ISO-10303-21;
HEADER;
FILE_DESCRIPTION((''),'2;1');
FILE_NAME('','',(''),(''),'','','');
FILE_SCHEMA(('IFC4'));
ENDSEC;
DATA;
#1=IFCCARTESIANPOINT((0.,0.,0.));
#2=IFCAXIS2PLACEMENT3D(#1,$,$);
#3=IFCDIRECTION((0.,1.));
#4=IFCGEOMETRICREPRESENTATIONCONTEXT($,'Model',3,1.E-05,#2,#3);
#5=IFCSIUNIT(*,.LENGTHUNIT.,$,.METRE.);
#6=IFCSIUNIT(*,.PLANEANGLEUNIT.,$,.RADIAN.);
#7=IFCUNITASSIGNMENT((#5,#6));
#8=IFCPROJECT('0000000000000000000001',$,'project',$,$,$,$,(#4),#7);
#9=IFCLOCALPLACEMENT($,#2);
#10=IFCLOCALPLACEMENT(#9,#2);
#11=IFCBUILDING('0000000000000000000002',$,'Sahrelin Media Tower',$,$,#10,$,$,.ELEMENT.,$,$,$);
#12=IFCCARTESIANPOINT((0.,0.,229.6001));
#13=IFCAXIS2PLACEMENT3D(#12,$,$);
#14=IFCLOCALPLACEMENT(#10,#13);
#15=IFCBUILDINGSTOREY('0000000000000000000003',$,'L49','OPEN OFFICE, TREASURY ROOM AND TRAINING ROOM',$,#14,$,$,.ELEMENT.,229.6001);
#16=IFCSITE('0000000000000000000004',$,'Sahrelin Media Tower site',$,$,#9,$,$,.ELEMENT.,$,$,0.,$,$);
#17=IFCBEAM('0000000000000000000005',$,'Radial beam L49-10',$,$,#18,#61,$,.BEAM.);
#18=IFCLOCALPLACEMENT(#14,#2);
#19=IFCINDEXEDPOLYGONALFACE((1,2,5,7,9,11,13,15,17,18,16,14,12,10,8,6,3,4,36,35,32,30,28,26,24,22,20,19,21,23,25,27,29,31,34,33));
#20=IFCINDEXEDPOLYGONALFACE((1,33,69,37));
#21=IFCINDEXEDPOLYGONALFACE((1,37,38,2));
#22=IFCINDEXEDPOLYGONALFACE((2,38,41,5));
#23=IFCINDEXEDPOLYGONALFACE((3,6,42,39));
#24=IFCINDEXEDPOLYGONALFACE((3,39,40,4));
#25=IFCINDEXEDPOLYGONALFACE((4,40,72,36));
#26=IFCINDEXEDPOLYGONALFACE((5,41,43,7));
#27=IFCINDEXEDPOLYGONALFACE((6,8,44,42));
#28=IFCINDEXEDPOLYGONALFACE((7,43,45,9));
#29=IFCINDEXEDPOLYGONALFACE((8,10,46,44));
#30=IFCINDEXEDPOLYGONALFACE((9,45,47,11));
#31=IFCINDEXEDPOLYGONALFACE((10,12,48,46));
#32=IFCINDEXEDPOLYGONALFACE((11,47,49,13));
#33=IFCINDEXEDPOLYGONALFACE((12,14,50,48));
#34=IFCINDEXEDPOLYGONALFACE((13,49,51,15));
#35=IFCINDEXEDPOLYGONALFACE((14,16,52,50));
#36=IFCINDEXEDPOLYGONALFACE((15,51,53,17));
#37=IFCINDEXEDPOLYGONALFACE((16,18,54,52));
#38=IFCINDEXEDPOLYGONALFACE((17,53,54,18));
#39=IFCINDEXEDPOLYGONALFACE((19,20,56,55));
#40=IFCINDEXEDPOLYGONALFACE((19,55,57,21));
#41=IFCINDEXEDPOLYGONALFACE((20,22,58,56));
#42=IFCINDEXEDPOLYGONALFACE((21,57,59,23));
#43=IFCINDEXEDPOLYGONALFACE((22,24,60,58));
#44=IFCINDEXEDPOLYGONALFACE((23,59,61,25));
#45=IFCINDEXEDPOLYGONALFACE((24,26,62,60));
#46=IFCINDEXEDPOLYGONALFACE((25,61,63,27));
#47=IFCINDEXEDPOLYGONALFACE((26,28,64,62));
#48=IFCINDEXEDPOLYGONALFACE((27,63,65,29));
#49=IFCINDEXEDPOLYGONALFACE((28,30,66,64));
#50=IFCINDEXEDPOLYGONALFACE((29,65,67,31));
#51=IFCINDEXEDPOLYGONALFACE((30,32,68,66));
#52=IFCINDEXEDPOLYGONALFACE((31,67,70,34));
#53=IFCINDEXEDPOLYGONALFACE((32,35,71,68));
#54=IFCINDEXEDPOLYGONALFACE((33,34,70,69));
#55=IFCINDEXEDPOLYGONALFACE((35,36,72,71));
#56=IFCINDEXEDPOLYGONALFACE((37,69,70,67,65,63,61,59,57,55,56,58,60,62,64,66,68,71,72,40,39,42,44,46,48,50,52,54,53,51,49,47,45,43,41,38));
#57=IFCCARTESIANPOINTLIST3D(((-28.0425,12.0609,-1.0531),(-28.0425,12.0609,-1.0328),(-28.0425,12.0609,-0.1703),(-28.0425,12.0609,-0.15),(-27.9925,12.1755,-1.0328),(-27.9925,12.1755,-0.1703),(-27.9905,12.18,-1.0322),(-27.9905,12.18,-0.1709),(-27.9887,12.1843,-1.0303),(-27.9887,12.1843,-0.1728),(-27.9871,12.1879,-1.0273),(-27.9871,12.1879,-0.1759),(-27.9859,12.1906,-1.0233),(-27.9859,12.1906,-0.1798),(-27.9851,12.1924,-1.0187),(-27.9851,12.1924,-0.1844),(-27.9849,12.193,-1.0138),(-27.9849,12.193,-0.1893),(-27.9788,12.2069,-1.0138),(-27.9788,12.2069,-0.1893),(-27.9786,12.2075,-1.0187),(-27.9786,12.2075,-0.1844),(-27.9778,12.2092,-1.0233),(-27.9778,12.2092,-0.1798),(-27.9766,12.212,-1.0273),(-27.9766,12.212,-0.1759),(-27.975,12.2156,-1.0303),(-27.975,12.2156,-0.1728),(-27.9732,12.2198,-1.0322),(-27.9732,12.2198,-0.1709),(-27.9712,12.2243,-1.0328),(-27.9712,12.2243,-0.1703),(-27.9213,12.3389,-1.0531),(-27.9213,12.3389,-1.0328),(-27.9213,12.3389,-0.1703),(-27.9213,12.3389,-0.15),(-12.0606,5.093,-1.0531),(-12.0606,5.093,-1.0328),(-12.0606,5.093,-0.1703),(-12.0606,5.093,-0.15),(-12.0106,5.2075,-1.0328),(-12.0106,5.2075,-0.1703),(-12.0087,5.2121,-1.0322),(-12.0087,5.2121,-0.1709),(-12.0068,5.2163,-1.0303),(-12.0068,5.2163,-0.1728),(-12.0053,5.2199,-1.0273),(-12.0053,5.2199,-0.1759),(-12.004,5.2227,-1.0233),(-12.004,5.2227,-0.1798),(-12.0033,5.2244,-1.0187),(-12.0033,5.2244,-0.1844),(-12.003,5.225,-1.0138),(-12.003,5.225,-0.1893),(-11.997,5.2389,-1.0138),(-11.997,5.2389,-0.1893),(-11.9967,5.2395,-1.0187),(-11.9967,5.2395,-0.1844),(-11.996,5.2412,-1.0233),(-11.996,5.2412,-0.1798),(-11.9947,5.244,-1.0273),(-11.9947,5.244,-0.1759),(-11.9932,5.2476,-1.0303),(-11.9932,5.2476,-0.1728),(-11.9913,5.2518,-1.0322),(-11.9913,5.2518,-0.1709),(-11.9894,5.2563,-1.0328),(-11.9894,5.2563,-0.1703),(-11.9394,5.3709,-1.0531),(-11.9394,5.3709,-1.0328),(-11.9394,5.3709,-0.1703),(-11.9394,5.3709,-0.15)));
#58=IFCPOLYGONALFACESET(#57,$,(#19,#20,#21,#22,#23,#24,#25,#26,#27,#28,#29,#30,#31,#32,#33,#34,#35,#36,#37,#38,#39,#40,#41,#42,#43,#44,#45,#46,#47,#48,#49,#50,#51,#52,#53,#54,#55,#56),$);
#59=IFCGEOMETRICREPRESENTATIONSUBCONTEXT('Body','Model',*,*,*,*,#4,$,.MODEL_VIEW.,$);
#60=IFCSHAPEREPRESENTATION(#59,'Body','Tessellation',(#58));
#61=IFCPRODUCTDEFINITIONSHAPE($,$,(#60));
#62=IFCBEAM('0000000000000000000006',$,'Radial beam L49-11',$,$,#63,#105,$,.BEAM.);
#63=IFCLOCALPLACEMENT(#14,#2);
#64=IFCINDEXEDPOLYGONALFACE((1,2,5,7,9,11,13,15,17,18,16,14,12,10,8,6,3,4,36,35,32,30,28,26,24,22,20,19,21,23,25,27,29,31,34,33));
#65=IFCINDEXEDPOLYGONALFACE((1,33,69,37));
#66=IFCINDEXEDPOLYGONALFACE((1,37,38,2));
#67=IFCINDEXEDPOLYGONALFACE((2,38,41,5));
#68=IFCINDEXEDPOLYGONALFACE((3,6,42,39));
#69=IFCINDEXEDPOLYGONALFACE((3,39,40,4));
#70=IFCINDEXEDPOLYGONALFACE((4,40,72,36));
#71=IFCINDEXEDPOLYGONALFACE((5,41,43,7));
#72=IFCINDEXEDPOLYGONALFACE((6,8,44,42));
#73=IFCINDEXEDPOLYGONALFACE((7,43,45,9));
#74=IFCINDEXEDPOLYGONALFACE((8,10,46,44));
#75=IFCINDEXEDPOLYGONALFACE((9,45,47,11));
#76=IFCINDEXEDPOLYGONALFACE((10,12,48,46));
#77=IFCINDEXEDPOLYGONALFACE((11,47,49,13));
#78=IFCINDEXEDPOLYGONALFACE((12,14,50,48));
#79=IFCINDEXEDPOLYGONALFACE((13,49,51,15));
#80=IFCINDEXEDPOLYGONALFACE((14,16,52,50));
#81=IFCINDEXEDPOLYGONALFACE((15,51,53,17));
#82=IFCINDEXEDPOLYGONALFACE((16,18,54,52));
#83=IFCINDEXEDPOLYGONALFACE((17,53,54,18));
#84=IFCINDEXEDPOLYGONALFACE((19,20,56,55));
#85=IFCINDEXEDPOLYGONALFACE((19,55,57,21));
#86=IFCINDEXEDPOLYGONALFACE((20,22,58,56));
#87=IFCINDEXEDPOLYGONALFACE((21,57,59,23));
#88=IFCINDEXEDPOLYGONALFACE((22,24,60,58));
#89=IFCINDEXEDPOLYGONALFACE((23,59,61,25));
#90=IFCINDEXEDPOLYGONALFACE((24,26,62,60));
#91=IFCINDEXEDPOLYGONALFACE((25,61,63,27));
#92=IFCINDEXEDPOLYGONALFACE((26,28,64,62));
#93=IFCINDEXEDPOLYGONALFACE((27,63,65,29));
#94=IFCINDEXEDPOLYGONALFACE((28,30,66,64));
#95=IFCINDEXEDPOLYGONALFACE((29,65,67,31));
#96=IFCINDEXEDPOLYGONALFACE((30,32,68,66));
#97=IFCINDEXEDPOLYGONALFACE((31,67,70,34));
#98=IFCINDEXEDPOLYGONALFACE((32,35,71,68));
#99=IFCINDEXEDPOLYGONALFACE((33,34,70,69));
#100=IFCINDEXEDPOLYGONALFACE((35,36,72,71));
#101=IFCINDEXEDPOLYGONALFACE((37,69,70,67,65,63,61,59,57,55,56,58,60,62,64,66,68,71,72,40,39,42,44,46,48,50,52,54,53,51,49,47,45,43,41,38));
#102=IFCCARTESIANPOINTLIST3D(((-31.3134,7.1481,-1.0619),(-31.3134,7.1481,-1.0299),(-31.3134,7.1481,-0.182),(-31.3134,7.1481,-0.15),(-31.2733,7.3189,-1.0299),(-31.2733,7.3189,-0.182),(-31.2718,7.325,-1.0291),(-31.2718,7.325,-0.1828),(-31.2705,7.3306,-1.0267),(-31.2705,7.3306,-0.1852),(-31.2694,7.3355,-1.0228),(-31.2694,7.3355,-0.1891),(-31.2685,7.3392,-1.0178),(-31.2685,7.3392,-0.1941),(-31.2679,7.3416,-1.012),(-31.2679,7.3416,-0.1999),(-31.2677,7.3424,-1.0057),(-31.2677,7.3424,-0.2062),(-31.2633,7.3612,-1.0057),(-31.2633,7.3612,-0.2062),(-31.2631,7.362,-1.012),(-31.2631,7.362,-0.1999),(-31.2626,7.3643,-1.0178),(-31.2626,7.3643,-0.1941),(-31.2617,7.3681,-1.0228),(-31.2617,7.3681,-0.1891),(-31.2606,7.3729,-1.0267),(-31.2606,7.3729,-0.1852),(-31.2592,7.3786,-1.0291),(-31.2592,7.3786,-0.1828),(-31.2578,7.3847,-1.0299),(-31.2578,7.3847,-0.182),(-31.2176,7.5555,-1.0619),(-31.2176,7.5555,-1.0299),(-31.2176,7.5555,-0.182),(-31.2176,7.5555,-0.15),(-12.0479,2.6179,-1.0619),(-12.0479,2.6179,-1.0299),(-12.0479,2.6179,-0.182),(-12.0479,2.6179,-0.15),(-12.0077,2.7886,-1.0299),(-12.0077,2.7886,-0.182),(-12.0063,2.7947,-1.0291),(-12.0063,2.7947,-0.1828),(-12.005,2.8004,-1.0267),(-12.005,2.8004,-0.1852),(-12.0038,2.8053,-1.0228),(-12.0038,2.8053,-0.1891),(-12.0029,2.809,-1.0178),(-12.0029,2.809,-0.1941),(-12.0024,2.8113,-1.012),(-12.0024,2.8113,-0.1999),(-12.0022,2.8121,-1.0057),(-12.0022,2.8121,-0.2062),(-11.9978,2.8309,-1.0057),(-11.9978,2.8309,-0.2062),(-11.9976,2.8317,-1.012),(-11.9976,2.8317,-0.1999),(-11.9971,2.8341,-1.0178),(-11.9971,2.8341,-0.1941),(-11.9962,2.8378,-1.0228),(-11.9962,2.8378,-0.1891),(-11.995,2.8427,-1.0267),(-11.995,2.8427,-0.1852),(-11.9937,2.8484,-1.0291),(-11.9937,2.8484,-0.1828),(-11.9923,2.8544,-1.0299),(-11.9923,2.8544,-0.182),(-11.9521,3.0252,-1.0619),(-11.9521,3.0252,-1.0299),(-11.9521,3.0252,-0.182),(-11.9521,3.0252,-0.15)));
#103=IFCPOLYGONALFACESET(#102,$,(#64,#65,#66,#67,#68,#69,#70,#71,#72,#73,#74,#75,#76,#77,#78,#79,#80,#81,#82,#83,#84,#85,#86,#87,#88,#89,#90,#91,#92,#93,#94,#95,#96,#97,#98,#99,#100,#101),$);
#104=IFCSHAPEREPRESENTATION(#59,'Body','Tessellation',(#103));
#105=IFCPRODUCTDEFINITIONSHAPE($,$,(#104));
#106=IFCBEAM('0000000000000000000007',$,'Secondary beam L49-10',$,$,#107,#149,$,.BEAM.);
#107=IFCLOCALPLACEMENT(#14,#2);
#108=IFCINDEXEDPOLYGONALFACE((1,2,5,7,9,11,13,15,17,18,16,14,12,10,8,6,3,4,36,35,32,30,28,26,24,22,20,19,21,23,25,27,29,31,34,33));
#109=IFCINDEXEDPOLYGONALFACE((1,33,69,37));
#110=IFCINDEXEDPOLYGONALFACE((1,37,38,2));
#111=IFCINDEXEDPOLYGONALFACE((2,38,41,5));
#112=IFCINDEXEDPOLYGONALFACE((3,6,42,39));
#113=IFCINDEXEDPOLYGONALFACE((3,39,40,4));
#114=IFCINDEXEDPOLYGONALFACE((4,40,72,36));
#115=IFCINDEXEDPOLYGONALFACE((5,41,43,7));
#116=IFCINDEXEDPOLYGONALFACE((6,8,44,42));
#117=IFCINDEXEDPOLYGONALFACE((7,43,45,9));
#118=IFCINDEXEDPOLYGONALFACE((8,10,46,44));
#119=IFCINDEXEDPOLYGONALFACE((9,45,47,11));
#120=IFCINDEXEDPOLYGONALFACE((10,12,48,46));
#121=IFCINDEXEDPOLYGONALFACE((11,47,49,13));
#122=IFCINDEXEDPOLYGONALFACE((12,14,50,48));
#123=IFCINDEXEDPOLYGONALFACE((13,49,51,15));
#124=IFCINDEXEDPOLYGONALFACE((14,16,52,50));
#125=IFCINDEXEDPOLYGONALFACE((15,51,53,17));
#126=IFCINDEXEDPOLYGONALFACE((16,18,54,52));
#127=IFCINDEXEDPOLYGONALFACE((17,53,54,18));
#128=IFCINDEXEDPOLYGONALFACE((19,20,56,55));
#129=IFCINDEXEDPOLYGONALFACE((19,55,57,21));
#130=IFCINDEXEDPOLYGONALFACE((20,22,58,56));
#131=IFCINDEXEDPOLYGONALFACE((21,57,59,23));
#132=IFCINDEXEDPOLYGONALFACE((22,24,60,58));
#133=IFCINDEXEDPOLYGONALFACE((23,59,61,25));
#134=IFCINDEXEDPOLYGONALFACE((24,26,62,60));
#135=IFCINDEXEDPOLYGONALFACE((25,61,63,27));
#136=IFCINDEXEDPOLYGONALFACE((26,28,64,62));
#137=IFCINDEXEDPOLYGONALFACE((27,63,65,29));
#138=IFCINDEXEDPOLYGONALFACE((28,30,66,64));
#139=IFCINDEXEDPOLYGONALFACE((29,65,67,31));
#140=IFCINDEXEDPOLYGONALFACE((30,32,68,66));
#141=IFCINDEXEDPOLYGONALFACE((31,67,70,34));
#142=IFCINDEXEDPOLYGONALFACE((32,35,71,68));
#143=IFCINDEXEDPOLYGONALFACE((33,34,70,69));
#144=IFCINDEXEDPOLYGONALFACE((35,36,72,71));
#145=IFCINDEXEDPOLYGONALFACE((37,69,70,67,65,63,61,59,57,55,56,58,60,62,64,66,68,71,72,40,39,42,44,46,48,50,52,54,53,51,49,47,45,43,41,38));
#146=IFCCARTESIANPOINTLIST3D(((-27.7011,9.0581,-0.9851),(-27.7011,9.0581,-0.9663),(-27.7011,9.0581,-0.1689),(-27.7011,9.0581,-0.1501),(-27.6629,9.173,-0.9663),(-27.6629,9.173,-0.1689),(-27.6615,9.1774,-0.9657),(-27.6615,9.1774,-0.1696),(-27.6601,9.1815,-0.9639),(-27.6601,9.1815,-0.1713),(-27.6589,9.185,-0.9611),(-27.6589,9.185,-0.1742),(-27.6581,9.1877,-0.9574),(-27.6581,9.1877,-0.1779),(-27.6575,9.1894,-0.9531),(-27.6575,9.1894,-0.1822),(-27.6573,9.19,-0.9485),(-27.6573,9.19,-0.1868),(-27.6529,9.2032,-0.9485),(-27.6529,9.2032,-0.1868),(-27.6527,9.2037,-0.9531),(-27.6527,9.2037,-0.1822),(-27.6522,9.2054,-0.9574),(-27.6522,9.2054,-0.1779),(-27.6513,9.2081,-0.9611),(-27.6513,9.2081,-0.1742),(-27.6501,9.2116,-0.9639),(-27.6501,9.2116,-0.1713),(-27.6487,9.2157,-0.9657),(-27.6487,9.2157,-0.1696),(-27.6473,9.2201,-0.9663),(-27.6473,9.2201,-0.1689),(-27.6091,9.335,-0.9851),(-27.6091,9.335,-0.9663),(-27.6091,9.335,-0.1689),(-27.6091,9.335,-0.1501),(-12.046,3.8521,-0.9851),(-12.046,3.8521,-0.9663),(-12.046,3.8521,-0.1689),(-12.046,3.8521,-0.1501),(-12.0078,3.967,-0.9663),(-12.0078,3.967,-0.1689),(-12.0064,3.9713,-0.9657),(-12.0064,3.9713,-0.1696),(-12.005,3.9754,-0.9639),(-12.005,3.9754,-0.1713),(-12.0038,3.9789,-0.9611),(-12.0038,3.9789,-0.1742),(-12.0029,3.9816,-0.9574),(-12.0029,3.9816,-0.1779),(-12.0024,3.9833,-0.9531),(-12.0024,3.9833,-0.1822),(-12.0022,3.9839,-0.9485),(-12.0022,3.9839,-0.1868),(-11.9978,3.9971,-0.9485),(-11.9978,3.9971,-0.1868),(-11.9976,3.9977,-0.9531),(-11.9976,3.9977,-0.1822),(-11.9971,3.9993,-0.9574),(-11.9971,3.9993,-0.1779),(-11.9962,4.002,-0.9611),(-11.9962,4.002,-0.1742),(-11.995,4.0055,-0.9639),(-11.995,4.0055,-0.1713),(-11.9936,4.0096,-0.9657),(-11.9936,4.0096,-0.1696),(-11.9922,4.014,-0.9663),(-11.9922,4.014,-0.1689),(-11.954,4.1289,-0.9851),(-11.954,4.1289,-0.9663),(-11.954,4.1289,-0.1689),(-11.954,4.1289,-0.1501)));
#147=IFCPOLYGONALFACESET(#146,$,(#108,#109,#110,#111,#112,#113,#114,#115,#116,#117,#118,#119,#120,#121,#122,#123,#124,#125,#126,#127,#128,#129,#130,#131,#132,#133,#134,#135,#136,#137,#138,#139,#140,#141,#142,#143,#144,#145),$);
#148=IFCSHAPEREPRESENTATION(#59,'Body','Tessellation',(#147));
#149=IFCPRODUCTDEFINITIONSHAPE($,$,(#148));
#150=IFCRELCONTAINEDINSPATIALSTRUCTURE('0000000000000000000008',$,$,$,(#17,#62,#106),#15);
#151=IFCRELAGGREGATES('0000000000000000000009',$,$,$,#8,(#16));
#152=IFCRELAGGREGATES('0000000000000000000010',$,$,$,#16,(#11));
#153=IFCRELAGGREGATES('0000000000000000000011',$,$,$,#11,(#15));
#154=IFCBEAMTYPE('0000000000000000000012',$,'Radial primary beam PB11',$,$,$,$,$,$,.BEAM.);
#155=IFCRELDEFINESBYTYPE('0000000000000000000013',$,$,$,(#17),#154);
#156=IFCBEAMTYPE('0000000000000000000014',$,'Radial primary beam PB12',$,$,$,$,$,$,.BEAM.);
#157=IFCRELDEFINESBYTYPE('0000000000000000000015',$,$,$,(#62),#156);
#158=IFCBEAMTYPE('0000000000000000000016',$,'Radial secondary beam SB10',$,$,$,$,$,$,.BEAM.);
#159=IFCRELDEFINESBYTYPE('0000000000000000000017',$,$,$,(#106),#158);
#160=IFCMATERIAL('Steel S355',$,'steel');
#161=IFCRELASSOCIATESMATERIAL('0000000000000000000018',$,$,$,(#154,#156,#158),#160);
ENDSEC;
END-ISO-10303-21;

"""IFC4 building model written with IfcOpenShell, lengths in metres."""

from ifc_helpers import new_model, si_unit, direction, frame, origin, origin_2d, place, context, subcontext, project, spatial, i_section, extrude, material, material_profile, profile_set, type_object, element, save


model = new_model("IFC4")

# Units and contexts
model_context = context("Model", 3, precision=1e-05, world=origin(), true_north=direction((0.0, 1.0)))
body_context = subcontext(model_context, "Body", "Model", "MODEL_VIEW")
ifc_project = project(units=[si_unit("LENGTHUNIT", "METRE"), si_unit("PLANEANGLEUNIT", "RADIAN")], contexts=[model_context])

# Site, building, storey
site_placement = place(None, origin())
site = spatial("IfcSite", under=ifc_project, at=site_placement, Name="Sahrelin Media Tower site", CompositionType="ELEMENT", RefElevation=0.0)
building_placement = place(site_placement, origin())
building = spatial("IfcBuilding", under=site, at=building_placement, Name="Sahrelin Media Tower", CompositionType="ELEMENT")
storey_placement = place(building_placement, frame((0.0, 0.0, 229.6001)))
storey = spatial("IfcBuildingStorey", under=building, at=storey_placement, Name="L49", Description="OPEN OFFICE, TREASURY ROOM AND TRAINING ROOM", CompositionType="ELEMENT", Elevation=229.6001)

# Beams
ifc_material_1 = material(Name="Steel S355", Category="steel")
ifc_material_profile_1 = material_profile(ifc_material_1, i_section(OverallWidth=0.3032, OverallDepth=0.9031, WebThickness=0.0151, FlangeThickness=0.0203, FilletRadius=0.019, at=origin_2d()), Name="UB 914x305x201")
ifc_profile_set_1 = profile_set([ifc_material_profile_1], Name="Steel S355")
beam_type_1 = type_object("IfcBeamType", Name="Radial primary beam PB11", PredefinedType="BEAM", material=ifc_profile_set_1)
beam_1_placement = place(storey_placement, frame((-12.0, 5.2319, -0.6016), z_axis=(-0.916664, 0.399659, 0.0), x_axis=(-0.399659, -0.916664, 0.0)))
element("IfcBeam", 1, at=beam_1_placement, inside=storey, type_object=beam_type_1, Name="Radial beam L49-10", PredefinedType="BEAM", context=body_context, shape_type="SweptSolid", body=[
    extrude(i_section(OverallWidth=0.3032, OverallDepth=0.9031, WebThickness=0.0151, FlangeThickness=0.0203, FilletRadius=0.019, at=origin_2d()), origin(), (0.0, 0.0, 1.0), 17.4348),
])
ifc_material_profile_2 = material_profile(ifc_material_1, i_section(OverallWidth=0.4185, OverallDepth=0.9119, WebThickness=0.0193, FlangeThickness=0.032, FilletRadius=0.0242, at=origin_2d()), Name="UB 914x419x343")
ifc_profile_set_2 = profile_set([ifc_material_profile_2], Name="Steel S355")
beam_type_2 = type_object("IfcBeamType", Name="Radial primary beam PB12", PredefinedType="BEAM", material=ifc_profile_set_2)
beam_2_placement = place(storey_placement, frame((-12.0, 2.8215, -0.606), z_axis=(-0.973449, 0.228905, 0.0), x_axis=(-0.228905, -0.973449, 0.0)))
element("IfcBeam", 2, at=beam_2_placement, inside=storey, type_object=beam_type_2, Name="Radial beam L49-11", PredefinedType="BEAM", context=body_context, shape_type="SweptSolid", body=[
    extrude(i_section(OverallWidth=0.4185, OverallDepth=0.9119, WebThickness=0.0193, FlangeThickness=0.032, FilletRadius=0.0242, at=origin_2d()), origin(), (0.0, 0.0, 1.0), 19.791),
])
ifc_material_profile_3 = material_profile(ifc_material_1, i_section(OverallWidth=0.2917, OverallDepth=0.835, WebThickness=0.0139, FlangeThickness=0.0188, FilletRadius=0.0178, at=origin_2d()), Name="UB 838x292x176")
ifc_profile_set_3 = profile_set([ifc_material_profile_3], Name="Steel S355")
beam_type_3 = type_object("IfcBeamType", Name="Radial secondary beam SB10", PredefinedType="BEAM", material=ifc_profile_set_3)
beam_3_placement = place(storey_placement, frame((-12.0, 3.9905, -0.5676), z_axis=(-0.948907, 0.315557, 0.0), x_axis=(-0.315557, -0.948907, 0.0)))
element("IfcBeam", 3, at=beam_3_placement, inside=storey, type_object=beam_type_3, Name="Secondary beam L49-10", PredefinedType="BEAM", context=body_context, shape_type="SweptSolid", body=[
    extrude(i_section(OverallWidth=0.2917, OverallDepth=0.835, WebThickness=0.0139, FlangeThickness=0.0188, FilletRadius=0.0178, at=origin_2d()), origin(), (0.0, 0.0, 1.0), 16.498),
])

save(model, "model.ifc")
